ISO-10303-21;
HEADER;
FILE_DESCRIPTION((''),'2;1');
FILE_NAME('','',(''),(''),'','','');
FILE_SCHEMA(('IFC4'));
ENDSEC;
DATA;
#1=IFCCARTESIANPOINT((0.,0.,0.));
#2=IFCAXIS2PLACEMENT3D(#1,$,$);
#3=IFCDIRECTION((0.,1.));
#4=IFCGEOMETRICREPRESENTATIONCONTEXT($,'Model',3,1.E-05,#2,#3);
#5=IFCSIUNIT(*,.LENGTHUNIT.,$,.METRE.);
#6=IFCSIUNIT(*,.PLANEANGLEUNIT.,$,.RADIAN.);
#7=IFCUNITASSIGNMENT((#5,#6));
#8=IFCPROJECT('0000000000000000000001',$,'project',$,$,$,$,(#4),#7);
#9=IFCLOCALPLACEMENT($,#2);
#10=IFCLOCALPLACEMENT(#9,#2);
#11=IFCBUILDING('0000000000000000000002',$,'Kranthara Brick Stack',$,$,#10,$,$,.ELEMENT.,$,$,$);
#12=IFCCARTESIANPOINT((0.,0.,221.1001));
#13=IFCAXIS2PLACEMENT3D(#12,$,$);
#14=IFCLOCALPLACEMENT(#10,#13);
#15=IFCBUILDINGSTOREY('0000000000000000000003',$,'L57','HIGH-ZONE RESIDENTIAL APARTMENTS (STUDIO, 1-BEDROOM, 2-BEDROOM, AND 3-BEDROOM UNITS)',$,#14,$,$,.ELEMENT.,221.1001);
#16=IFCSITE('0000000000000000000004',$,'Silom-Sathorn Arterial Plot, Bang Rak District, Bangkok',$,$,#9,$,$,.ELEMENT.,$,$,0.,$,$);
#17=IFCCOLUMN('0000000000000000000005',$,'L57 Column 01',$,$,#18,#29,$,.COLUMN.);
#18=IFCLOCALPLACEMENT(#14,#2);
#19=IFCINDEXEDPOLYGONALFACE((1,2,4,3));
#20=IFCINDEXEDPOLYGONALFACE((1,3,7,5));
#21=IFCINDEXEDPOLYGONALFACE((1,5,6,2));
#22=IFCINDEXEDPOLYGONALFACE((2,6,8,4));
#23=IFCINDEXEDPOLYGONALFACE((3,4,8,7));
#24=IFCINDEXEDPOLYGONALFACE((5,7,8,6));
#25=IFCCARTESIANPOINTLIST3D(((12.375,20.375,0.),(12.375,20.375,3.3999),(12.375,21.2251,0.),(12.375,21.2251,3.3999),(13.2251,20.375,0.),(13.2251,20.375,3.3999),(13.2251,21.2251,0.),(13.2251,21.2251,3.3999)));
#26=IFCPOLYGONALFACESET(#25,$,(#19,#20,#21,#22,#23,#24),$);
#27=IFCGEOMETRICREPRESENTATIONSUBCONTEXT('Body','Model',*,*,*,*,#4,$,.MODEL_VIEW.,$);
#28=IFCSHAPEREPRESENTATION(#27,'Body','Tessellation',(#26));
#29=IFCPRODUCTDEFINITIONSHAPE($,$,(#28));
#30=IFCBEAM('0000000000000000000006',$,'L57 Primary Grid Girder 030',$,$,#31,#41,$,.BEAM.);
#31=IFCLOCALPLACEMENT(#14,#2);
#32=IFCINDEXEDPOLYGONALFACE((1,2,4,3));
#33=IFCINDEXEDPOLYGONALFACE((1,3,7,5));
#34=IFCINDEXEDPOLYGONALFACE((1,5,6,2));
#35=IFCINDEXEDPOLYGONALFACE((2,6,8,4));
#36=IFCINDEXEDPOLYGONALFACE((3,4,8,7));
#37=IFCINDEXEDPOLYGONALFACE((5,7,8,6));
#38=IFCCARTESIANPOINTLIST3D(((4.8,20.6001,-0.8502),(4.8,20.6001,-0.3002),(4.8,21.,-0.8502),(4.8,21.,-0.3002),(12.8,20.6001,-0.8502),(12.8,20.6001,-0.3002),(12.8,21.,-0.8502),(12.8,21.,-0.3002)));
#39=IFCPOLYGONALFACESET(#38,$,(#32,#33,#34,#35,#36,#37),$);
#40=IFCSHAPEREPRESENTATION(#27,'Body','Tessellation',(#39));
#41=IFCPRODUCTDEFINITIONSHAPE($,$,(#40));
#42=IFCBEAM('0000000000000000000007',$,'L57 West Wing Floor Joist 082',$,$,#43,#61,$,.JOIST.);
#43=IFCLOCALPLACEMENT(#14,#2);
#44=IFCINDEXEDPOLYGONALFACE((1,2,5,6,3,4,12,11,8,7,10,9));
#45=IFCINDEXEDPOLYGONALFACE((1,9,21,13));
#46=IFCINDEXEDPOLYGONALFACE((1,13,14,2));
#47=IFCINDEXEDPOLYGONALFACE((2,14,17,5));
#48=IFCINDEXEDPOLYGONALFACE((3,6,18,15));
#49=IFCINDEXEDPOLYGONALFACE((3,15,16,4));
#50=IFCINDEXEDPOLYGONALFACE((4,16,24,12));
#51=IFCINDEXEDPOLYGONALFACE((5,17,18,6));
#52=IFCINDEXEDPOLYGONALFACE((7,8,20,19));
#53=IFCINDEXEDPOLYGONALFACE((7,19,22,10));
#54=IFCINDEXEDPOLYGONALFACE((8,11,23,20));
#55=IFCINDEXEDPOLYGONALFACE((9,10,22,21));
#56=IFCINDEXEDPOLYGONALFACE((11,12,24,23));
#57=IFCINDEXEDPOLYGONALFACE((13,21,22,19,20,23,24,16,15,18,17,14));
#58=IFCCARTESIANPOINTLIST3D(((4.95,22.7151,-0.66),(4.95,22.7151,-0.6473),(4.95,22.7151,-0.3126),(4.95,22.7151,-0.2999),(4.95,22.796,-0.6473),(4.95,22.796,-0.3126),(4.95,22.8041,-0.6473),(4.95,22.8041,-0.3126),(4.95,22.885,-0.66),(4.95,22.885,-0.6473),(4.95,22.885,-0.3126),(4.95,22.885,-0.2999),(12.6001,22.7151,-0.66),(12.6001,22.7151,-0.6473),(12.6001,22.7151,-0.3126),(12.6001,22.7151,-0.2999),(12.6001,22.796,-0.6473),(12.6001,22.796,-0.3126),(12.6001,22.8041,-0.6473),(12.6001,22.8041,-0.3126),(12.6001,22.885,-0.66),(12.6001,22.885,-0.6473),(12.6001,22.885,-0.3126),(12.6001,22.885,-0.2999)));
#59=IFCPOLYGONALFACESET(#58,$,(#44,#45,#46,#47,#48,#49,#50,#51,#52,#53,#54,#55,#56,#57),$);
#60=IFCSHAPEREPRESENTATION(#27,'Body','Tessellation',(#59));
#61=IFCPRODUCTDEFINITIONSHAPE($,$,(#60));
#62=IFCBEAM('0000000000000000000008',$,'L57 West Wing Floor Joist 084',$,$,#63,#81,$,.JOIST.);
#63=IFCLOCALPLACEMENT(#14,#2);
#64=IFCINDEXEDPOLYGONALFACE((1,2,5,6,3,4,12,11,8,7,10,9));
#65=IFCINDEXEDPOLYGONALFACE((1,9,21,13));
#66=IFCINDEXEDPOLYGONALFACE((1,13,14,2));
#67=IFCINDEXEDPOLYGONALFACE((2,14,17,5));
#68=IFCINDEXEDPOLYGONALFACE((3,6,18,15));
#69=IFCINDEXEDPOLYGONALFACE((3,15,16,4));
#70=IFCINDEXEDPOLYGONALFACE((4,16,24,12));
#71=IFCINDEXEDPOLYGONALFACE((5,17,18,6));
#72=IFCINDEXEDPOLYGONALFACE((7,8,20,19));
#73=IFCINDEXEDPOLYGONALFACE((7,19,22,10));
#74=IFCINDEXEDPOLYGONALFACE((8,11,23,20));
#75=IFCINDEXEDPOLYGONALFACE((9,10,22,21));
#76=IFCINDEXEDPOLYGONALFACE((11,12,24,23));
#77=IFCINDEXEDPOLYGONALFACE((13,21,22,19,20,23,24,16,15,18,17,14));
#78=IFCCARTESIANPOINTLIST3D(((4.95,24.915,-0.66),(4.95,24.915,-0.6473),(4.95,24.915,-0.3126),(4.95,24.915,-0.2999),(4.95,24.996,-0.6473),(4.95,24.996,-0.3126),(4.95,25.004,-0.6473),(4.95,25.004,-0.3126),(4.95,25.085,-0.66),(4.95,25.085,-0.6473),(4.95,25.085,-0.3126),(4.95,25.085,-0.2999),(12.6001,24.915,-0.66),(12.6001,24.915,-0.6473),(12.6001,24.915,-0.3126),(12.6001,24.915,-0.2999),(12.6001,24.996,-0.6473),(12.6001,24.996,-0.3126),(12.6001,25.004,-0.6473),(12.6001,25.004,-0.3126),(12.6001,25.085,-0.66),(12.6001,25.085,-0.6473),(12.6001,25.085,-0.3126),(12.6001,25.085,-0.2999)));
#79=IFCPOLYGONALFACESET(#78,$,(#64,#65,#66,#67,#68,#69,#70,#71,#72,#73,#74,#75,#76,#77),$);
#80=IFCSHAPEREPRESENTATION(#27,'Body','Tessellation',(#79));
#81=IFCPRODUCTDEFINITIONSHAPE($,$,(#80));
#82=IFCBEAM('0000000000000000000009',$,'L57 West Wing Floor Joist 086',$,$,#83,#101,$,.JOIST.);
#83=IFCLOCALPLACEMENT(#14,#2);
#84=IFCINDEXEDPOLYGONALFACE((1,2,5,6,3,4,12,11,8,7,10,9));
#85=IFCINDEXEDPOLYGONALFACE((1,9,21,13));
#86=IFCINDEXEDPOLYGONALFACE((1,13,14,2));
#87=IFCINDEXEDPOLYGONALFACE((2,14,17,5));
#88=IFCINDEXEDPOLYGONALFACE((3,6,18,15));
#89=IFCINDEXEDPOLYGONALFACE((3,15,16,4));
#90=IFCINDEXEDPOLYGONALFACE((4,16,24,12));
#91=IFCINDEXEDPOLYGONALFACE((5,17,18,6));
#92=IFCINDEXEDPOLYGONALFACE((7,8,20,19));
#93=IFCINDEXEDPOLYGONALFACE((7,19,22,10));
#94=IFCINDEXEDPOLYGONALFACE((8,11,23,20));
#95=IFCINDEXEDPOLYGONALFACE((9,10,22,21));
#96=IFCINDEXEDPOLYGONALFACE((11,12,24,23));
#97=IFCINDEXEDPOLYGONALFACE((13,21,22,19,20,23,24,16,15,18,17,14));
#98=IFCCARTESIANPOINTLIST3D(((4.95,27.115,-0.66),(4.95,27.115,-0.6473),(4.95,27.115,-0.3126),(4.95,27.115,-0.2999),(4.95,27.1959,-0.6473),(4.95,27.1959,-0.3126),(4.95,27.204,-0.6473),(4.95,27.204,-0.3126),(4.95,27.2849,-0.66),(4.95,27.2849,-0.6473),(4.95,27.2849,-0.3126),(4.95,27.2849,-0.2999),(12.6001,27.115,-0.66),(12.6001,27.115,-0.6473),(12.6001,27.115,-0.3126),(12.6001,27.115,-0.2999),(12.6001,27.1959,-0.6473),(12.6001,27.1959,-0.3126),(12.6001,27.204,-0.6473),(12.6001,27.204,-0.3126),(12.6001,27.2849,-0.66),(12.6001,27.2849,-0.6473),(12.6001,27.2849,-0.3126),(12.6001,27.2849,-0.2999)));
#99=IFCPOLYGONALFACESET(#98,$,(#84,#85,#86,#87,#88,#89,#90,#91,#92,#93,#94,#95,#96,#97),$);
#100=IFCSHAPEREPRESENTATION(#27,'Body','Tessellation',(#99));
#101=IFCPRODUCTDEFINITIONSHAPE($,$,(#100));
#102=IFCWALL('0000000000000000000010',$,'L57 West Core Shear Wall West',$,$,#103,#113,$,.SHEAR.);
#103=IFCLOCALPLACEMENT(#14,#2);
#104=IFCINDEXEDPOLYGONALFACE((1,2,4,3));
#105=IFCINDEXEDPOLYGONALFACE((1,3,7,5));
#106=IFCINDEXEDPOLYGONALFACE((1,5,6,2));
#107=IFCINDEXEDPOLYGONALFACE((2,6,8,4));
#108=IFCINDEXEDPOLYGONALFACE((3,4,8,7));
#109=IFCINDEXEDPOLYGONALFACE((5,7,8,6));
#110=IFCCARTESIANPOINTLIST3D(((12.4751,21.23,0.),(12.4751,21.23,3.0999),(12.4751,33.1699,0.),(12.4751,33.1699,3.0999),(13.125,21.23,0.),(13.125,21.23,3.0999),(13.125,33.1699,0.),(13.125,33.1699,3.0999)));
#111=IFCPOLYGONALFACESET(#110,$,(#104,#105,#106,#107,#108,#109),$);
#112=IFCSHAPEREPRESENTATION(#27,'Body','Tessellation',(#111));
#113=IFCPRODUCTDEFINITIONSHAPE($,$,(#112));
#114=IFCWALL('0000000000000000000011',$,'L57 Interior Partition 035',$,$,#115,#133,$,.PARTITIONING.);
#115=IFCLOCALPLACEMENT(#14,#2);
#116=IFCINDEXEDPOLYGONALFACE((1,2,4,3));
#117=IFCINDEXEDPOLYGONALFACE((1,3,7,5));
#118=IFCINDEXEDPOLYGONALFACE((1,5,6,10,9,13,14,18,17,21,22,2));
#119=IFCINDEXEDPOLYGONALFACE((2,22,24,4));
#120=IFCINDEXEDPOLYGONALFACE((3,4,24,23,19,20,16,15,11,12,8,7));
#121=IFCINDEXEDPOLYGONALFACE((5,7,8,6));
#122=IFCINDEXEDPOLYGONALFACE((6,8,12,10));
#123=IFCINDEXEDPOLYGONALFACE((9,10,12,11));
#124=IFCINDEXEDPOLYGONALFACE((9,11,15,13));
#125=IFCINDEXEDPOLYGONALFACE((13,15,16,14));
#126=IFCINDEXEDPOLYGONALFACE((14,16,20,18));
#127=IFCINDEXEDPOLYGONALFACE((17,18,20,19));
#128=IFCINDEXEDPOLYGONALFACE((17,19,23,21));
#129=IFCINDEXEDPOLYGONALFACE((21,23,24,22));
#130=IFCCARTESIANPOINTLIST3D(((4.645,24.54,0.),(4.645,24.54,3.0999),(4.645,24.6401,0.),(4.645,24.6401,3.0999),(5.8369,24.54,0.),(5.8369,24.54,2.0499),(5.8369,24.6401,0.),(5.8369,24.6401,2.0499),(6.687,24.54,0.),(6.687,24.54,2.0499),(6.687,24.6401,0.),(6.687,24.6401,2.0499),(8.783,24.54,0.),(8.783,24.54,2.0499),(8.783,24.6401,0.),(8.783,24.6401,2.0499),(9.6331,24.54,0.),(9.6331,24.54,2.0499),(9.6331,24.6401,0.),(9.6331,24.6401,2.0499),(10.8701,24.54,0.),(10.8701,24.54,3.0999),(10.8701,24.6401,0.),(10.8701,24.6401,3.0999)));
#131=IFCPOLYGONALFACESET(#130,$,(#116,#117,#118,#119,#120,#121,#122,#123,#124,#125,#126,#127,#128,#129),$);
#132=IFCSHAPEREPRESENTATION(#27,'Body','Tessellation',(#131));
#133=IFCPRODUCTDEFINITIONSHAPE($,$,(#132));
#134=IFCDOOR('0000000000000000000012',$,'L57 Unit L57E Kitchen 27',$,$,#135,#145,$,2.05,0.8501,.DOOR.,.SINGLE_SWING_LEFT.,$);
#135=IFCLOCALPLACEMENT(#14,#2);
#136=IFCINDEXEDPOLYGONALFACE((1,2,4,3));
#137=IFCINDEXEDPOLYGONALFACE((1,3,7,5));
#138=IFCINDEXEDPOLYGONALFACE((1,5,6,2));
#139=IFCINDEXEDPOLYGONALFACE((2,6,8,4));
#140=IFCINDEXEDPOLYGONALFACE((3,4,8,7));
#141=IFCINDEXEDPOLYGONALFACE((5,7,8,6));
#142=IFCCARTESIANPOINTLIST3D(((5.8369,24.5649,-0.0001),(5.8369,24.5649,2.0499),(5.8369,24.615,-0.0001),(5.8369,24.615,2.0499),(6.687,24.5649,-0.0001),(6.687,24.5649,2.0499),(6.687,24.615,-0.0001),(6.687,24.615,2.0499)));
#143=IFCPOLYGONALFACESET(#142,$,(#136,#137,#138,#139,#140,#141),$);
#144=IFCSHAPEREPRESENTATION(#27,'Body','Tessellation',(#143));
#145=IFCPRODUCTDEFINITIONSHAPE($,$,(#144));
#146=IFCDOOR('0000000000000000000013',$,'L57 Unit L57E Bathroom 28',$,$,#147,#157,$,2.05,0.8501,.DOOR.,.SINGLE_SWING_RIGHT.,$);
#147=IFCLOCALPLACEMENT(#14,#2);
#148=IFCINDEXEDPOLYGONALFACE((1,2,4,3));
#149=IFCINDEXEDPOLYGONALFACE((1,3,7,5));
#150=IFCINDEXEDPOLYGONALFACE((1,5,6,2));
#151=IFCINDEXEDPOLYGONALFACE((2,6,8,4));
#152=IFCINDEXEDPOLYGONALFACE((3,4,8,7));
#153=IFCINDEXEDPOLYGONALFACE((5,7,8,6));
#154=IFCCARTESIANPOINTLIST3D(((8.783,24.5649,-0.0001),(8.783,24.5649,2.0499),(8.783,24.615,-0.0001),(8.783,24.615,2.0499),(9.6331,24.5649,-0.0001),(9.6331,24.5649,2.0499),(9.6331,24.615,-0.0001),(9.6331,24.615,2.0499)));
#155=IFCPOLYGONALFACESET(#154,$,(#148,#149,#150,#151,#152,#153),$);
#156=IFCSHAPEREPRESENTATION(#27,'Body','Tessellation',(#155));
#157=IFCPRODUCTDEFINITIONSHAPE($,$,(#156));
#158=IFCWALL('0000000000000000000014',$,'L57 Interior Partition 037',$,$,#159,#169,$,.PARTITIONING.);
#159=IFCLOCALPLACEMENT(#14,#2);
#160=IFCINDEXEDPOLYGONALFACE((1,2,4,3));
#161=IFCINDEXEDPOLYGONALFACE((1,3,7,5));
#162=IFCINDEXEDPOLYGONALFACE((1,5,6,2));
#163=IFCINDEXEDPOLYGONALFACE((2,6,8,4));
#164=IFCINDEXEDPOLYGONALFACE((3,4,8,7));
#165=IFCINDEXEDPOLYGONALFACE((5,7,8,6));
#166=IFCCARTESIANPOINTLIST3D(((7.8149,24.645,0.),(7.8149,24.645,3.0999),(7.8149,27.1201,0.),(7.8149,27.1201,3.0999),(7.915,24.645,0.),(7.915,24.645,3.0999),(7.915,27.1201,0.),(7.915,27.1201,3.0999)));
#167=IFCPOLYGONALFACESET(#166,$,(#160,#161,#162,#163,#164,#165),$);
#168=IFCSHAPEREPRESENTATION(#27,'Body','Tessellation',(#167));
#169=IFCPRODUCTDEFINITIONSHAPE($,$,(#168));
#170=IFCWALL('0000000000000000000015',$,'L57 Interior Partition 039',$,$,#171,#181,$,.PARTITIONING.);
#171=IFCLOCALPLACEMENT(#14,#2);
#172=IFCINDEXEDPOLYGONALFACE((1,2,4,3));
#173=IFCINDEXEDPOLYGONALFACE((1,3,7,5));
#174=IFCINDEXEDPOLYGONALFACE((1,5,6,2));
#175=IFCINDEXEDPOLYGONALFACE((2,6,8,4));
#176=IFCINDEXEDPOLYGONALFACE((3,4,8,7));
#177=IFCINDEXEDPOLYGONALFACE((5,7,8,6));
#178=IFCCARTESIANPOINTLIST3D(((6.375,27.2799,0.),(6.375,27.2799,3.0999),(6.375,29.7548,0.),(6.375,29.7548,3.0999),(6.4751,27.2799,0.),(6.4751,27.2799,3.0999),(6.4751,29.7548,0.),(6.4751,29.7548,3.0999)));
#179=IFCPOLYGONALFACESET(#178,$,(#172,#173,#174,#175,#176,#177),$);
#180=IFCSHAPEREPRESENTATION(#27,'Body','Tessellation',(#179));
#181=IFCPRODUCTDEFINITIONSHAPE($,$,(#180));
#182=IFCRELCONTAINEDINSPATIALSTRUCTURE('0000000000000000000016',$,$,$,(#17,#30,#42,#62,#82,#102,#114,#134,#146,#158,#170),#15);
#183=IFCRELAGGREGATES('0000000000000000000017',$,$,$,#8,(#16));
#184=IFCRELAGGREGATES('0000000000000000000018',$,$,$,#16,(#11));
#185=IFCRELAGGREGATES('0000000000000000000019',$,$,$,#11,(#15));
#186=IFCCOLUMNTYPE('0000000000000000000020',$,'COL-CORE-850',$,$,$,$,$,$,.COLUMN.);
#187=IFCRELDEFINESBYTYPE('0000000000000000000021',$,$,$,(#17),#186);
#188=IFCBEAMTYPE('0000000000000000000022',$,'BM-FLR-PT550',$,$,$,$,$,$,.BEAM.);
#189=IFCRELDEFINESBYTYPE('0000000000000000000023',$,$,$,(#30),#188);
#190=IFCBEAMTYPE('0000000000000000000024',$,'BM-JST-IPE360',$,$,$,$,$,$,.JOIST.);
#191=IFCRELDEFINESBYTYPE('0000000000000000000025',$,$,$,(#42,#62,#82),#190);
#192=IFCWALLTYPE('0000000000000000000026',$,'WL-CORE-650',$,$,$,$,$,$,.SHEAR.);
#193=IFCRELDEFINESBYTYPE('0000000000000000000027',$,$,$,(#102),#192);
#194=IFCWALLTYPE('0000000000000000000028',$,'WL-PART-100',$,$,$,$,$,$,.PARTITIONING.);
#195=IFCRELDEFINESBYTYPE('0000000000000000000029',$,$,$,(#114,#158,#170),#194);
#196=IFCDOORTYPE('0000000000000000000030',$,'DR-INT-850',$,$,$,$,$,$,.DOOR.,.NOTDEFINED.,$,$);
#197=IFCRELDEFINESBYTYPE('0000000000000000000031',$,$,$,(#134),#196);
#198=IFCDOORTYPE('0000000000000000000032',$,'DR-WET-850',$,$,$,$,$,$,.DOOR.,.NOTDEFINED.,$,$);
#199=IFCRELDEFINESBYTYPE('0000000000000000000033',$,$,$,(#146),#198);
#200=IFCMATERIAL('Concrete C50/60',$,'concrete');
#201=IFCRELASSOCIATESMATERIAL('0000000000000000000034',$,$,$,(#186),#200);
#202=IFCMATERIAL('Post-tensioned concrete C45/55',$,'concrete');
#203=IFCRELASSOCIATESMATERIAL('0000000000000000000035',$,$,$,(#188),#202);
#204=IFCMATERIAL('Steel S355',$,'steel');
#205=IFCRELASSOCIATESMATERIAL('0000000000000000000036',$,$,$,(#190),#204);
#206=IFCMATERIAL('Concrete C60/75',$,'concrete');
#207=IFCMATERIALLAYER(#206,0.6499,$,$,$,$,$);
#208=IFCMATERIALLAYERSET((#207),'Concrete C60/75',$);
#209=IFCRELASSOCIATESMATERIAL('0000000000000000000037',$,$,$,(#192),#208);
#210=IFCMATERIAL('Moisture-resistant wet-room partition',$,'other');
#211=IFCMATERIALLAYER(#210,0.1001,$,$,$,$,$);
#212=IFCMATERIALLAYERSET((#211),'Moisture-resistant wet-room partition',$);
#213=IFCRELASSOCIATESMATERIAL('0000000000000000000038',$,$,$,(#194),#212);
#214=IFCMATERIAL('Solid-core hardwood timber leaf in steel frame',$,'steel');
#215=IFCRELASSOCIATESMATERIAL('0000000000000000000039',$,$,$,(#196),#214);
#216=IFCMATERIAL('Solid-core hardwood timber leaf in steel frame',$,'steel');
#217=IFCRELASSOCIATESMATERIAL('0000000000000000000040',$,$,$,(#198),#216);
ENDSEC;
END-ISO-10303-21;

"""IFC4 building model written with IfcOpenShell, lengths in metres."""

from ifc_helpers import new_model, si_unit, direction, frame, frame_2d, origin, origin_2d, place, context, subcontext, project, spatial, rectangle, i_section, extrude, material, layer, layer_set, material_profile, profile_set, type_object, element, fill, save


model = new_model("IFC4")

# Units and contexts
model_context = context("Model", 3, precision=1e-05, world=origin(), true_north=direction((0.0, 1.0)))
body_context = subcontext(model_context, "Body", "Model", "MODEL_VIEW")
ifc_project = project(units=[si_unit("LENGTHUNIT", "METRE"), si_unit("PLANEANGLEUNIT", "RADIAN")], contexts=[model_context])

# Site, building, storey
site_placement = place(None, origin())
site = spatial("IfcSite", under=ifc_project, at=site_placement, Name="Silom-Sathorn Arterial Plot, Bang Rak District, Bangkok", CompositionType="ELEMENT", RefElevation=0.0)
building_placement = place(site_placement, origin())
building = spatial("IfcBuilding", under=site, at=building_placement, Name="Kranthara Brick Stack", CompositionType="ELEMENT")
storey_placement = place(building_placement, frame((0.0, 0.0, 221.1001)))
storey = spatial("IfcBuildingStorey", under=building, at=storey_placement, Name="L57", Description="HIGH-ZONE RESIDENTIAL APARTMENTS (STUDIO, 1-BEDROOM, 2-BEDROOM, AND 3-BEDROOM UNITS)", CompositionType="ELEMENT", Elevation=221.1001)

# Column
ifc_material_1 = material(Name="Concrete C50/60", Category="concrete")
ifc_material_profile_1 = material_profile(ifc_material_1, rectangle(XDim=0.8501, YDim=0.8501, at=origin_2d()), Name="RC 850x850")
ifc_profile_set_1 = profile_set([ifc_material_profile_1], Name="Concrete C50/60")
column_type = type_object("IfcColumnType", Name="COL-CORE-850", PredefinedType="COLUMN", material=ifc_profile_set_1)
column_placement = place(storey_placement, frame((12.8, 20.8, 0.0), z_axis=(0.0, 0.0, 1.0), x_axis=(1.0, 0.0, 0.0)))
element("IfcColumn", 1, at=column_placement, inside=storey, type_object=column_type, Name="L57 Column 01", PredefinedType="COLUMN", context=body_context, shape_type="SweptSolid", body=[
    extrude(rectangle(XDim=0.8501, YDim=0.8501, at=origin_2d()), origin(), (0.0, 0.0, 1.0), 3.3999),
])

# Beams
ifc_material_2 = material(Name="Post-tensioned concrete C45/55", Category="concrete")
ifc_material_profile_2 = material_profile(ifc_material_2, rectangle(XDim=0.3999, YDim=0.55, at=origin_2d()), Name="PT 400x550")
ifc_profile_set_2 = profile_set([ifc_material_profile_2], Name="Post-tensioned concrete C45/55")
beam_type_1 = type_object("IfcBeamType", Name="BM-FLR-PT550", PredefinedType="BEAM", material=ifc_profile_set_2)
beam_placement = place(storey_placement, frame((4.8, 20.8, -0.5752), z_axis=(1.0, 0.0, 0.0), x_axis=(0.0, 1.0, 0.0)))
element("IfcBeam", 2, at=beam_placement, inside=storey, type_object=beam_type_1, Name="L57 Primary Grid Girder 030", PredefinedType="BEAM", context=body_context, shape_type="SweptSolid", body=[
    extrude(rectangle(XDim=0.3999, YDim=0.55, at=origin_2d()), origin(), (0.0, 0.0, 1.0), 8.0),
])
ifc_material_3 = material(Name="Steel S355", Category="steel")
ifc_material_profile_3 = material_profile(ifc_material_3, i_section(OverallWidth=0.1699, OverallDepth=0.3601, WebThickness=0.0081, FlangeThickness=0.0127, at=origin_2d()), Name="IPE 360")
ifc_profile_set_3 = profile_set([ifc_material_profile_3], Name="Steel S355")
beam_type_2 = type_object("IfcBeamType", Name="BM-JST-IPE360", PredefinedType="JOIST", material=ifc_profile_set_3)
for number, where, z_axis, x_axis, name in (
    (3, (4.95, 22.8, -0.48), (1.0, 0.0, 0.0), (0.0, 1.0, 0.0), "L57 West Wing Floor Joist 082"),
    (4, (4.95, 25.0, -0.48), (1.0, 0.0, 0.0), (0.0, 1.0, 0.0), "L57 West Wing Floor Joist 084"),
    (5, (4.95, 27.2, -0.48), (1.0, 0.0, 0.0), (0.0, 1.0, 0.0), "L57 West Wing Floor Joist 086"),
):
    element("IfcBeam", number, at=place(storey_placement, frame(where, z_axis=z_axis, x_axis=x_axis)), inside=storey, type_object=beam_type_2, Name=name, PredefinedType="JOIST", context=body_context, shape_type="SweptSolid", body=[
        extrude(i_section(OverallWidth=0.1699, OverallDepth=0.3601, WebThickness=0.0081, FlangeThickness=0.0127, at=origin_2d()), origin(), (0.0, 0.0, 1.0), 7.6501),
    ])

# Wall
ifc_material_4 = material(Name="Concrete C60/75", Category="concrete")
ifc_layer_1 = layer(ifc_material_4, 0.6499)
ifc_layer_set_1 = layer_set([ifc_layer_1], Name="Concrete C60/75")
wall_type_1 = type_object("IfcWallType", Name="WL-CORE-650", PredefinedType="SHEAR", material=ifc_layer_set_1)
wall_1_placement = place(storey_placement, frame((12.8, 21.23, 0.0), z_axis=(0.0, 0.0, 1.0), x_axis=(0.0, 1.0, 0.0)))
element("IfcWall", 6, at=wall_1_placement, inside=storey, type_object=wall_type_1, Name="L57 West Core Shear Wall West", PredefinedType="SHEAR", context=body_context, shape_type="SweptSolid", body=[
    extrude(rectangle(XDim=11.9399, YDim=0.6499, at=frame_2d((5.97, 0.0))), origin(), (0.0, 0.0, 1.0), 3.0999),
])

# Wall, openings, doors
ifc_material_5 = material(Name="Moisture-resistant wet-room partition", Category="other")
ifc_layer_2 = layer(ifc_material_5, 0.1001)
ifc_layer_set_2 = layer_set([ifc_layer_2], Name="Moisture-resistant wet-room partition")
wall_type_2 = type_object("IfcWallType", Name="WL-PART-100", PredefinedType="PARTITIONING", material=ifc_layer_set_2)
wall_2_placement = place(storey_placement, frame((4.645, 24.5901, 0.0), z_axis=(0.0, 0.0, 1.0), x_axis=(1.0, 0.0, 0.0)))
wall_2 = element("IfcWall", 7, at=wall_2_placement, inside=storey, type_object=wall_type_2, Name="L57 Interior Partition 035", PredefinedType="PARTITIONING", context=body_context, shape_type="SweptSolid", body=[
    extrude(rectangle(XDim=6.2251, YDim=0.1001, at=frame_2d((3.1125, 0.0))), origin(), (0.0, 0.0, 1.0), 3.0999),
])
opening_1_placement = place(wall_2_placement, frame((1.1919, 0.0, 0.0)))
opening_1 = element("IfcOpeningElement", 8, at=opening_1_placement, cuts=wall_2, PredefinedType="OPENING", context=body_context, shape_type="SweptSolid", body=[
    extrude(rectangle(XDim=0.8501, YDim=2.05, at=frame_2d((0.425, 1.0249))), frame((0.0, 0.0601, 0.0), z_axis=(0.0, -1.0, 0.0), x_axis=(1.0, 0.0, 0.0)), (0.0, 0.0, 1.0), 0.1201),
])
opening_2_placement = place(wall_2_placement, frame((4.1379, 0.0, 0.0)))
opening_2 = element("IfcOpeningElement", 9, at=opening_2_placement, cuts=wall_2, PredefinedType="OPENING", context=body_context, shape_type="SweptSolid", body=[
    extrude(rectangle(XDim=0.8501, YDim=2.05, at=frame_2d((0.425, 1.0249))), frame((0.0, 0.0601, 0.0), z_axis=(0.0, -1.0, 0.0), x_axis=(1.0, 0.0, 0.0)), (0.0, 0.0, 1.0), 0.1201),
])
ifc_material_6 = material(Name="Solid-core hardwood timber leaf in steel frame", Category="steel")
door_type_1 = type_object("IfcDoorType", Name="DR-INT-850", OperationType="NOTDEFINED", PredefinedType="DOOR", material=ifc_material_6)
door_1_placement = place(opening_1_placement, origin())
door_1 = element("IfcDoor", 10, at=door_1_placement, inside=storey, type_object=door_type_1, Name="L57 Unit L57E Kitchen 27", OperationType="SINGLE_SWING_LEFT", OverallHeight=2.05, OverallWidth=0.8501, PredefinedType="DOOR", context=body_context, shape_type="SweptSolid", body=[
    extrude(rectangle(XDim=0.8501, YDim=2.05, at=frame_2d((0.425, 1.0249))), frame((0.0, 0.0249, 0.0), z_axis=(0.0, -1.0, 0.0), x_axis=(1.0, 0.0, 0.0)), (0.0, 0.0, 1.0), 0.05),
])
fill(opening_1, door_1)
ifc_material_7 = material(Name="Solid-core hardwood timber leaf in steel frame", Category="steel")
door_type_2 = type_object("IfcDoorType", Name="DR-WET-850", OperationType="NOTDEFINED", PredefinedType="DOOR", material=ifc_material_7)
door_2_placement = place(opening_2_placement, origin())
door_2 = element("IfcDoor", 11, at=door_2_placement, inside=storey, type_object=door_type_2, Name="L57 Unit L57E Bathroom 28", OperationType="SINGLE_SWING_RIGHT", OverallHeight=2.05, OverallWidth=0.8501, PredefinedType="DOOR", context=body_context, shape_type="SweptSolid", body=[
    extrude(rectangle(XDim=0.8501, YDim=2.05, at=frame_2d((0.425, 1.0249))), frame((0.0, 0.0249, 0.0), z_axis=(0.0, -1.0, 0.0), x_axis=(1.0, 0.0, 0.0)), (0.0, 0.0, 1.0), 0.05),
])
fill(opening_2, door_2)

# Walls
wall_3_placement = place(storey_placement, frame((7.865, 24.645, 0.0), z_axis=(0.0, 0.0, 1.0), x_axis=(0.0, 1.0, 0.0)))
element("IfcWall", 12, at=wall_3_placement, inside=storey, type_object=wall_type_2, Name="L57 Interior Partition 037", PredefinedType="PARTITIONING", context=body_context, shape_type="SweptSolid", body=[
    extrude(rectangle(XDim=2.4751, YDim=0.1001, at=frame_2d((1.2375, 0.0))), origin(), (0.0, 0.0, 1.0), 3.0999),
])
for number, where, z_axis, x_axis, name in (
    (13, (6.425, 27.28, 0.0), (0.0, 0.0, 1.0), (0.0, 1.0, 0.0), "L57 Interior Partition 039"),
):
    element("IfcWall", number, at=place(storey_placement, frame(where, z_axis=z_axis, x_axis=x_axis)), inside=storey, type_object=wall_type_2, Name=name, PredefinedType="PARTITIONING", context=body_context, shape_type="SweptSolid", body=[
        extrude(rectangle(XDim=2.4749, YDim=0.1001, at=frame_2d((1.2373, 0.0))), origin(), (0.0, 0.0, 1.0), 3.0999),
    ])

save(model, "model.ifc")
